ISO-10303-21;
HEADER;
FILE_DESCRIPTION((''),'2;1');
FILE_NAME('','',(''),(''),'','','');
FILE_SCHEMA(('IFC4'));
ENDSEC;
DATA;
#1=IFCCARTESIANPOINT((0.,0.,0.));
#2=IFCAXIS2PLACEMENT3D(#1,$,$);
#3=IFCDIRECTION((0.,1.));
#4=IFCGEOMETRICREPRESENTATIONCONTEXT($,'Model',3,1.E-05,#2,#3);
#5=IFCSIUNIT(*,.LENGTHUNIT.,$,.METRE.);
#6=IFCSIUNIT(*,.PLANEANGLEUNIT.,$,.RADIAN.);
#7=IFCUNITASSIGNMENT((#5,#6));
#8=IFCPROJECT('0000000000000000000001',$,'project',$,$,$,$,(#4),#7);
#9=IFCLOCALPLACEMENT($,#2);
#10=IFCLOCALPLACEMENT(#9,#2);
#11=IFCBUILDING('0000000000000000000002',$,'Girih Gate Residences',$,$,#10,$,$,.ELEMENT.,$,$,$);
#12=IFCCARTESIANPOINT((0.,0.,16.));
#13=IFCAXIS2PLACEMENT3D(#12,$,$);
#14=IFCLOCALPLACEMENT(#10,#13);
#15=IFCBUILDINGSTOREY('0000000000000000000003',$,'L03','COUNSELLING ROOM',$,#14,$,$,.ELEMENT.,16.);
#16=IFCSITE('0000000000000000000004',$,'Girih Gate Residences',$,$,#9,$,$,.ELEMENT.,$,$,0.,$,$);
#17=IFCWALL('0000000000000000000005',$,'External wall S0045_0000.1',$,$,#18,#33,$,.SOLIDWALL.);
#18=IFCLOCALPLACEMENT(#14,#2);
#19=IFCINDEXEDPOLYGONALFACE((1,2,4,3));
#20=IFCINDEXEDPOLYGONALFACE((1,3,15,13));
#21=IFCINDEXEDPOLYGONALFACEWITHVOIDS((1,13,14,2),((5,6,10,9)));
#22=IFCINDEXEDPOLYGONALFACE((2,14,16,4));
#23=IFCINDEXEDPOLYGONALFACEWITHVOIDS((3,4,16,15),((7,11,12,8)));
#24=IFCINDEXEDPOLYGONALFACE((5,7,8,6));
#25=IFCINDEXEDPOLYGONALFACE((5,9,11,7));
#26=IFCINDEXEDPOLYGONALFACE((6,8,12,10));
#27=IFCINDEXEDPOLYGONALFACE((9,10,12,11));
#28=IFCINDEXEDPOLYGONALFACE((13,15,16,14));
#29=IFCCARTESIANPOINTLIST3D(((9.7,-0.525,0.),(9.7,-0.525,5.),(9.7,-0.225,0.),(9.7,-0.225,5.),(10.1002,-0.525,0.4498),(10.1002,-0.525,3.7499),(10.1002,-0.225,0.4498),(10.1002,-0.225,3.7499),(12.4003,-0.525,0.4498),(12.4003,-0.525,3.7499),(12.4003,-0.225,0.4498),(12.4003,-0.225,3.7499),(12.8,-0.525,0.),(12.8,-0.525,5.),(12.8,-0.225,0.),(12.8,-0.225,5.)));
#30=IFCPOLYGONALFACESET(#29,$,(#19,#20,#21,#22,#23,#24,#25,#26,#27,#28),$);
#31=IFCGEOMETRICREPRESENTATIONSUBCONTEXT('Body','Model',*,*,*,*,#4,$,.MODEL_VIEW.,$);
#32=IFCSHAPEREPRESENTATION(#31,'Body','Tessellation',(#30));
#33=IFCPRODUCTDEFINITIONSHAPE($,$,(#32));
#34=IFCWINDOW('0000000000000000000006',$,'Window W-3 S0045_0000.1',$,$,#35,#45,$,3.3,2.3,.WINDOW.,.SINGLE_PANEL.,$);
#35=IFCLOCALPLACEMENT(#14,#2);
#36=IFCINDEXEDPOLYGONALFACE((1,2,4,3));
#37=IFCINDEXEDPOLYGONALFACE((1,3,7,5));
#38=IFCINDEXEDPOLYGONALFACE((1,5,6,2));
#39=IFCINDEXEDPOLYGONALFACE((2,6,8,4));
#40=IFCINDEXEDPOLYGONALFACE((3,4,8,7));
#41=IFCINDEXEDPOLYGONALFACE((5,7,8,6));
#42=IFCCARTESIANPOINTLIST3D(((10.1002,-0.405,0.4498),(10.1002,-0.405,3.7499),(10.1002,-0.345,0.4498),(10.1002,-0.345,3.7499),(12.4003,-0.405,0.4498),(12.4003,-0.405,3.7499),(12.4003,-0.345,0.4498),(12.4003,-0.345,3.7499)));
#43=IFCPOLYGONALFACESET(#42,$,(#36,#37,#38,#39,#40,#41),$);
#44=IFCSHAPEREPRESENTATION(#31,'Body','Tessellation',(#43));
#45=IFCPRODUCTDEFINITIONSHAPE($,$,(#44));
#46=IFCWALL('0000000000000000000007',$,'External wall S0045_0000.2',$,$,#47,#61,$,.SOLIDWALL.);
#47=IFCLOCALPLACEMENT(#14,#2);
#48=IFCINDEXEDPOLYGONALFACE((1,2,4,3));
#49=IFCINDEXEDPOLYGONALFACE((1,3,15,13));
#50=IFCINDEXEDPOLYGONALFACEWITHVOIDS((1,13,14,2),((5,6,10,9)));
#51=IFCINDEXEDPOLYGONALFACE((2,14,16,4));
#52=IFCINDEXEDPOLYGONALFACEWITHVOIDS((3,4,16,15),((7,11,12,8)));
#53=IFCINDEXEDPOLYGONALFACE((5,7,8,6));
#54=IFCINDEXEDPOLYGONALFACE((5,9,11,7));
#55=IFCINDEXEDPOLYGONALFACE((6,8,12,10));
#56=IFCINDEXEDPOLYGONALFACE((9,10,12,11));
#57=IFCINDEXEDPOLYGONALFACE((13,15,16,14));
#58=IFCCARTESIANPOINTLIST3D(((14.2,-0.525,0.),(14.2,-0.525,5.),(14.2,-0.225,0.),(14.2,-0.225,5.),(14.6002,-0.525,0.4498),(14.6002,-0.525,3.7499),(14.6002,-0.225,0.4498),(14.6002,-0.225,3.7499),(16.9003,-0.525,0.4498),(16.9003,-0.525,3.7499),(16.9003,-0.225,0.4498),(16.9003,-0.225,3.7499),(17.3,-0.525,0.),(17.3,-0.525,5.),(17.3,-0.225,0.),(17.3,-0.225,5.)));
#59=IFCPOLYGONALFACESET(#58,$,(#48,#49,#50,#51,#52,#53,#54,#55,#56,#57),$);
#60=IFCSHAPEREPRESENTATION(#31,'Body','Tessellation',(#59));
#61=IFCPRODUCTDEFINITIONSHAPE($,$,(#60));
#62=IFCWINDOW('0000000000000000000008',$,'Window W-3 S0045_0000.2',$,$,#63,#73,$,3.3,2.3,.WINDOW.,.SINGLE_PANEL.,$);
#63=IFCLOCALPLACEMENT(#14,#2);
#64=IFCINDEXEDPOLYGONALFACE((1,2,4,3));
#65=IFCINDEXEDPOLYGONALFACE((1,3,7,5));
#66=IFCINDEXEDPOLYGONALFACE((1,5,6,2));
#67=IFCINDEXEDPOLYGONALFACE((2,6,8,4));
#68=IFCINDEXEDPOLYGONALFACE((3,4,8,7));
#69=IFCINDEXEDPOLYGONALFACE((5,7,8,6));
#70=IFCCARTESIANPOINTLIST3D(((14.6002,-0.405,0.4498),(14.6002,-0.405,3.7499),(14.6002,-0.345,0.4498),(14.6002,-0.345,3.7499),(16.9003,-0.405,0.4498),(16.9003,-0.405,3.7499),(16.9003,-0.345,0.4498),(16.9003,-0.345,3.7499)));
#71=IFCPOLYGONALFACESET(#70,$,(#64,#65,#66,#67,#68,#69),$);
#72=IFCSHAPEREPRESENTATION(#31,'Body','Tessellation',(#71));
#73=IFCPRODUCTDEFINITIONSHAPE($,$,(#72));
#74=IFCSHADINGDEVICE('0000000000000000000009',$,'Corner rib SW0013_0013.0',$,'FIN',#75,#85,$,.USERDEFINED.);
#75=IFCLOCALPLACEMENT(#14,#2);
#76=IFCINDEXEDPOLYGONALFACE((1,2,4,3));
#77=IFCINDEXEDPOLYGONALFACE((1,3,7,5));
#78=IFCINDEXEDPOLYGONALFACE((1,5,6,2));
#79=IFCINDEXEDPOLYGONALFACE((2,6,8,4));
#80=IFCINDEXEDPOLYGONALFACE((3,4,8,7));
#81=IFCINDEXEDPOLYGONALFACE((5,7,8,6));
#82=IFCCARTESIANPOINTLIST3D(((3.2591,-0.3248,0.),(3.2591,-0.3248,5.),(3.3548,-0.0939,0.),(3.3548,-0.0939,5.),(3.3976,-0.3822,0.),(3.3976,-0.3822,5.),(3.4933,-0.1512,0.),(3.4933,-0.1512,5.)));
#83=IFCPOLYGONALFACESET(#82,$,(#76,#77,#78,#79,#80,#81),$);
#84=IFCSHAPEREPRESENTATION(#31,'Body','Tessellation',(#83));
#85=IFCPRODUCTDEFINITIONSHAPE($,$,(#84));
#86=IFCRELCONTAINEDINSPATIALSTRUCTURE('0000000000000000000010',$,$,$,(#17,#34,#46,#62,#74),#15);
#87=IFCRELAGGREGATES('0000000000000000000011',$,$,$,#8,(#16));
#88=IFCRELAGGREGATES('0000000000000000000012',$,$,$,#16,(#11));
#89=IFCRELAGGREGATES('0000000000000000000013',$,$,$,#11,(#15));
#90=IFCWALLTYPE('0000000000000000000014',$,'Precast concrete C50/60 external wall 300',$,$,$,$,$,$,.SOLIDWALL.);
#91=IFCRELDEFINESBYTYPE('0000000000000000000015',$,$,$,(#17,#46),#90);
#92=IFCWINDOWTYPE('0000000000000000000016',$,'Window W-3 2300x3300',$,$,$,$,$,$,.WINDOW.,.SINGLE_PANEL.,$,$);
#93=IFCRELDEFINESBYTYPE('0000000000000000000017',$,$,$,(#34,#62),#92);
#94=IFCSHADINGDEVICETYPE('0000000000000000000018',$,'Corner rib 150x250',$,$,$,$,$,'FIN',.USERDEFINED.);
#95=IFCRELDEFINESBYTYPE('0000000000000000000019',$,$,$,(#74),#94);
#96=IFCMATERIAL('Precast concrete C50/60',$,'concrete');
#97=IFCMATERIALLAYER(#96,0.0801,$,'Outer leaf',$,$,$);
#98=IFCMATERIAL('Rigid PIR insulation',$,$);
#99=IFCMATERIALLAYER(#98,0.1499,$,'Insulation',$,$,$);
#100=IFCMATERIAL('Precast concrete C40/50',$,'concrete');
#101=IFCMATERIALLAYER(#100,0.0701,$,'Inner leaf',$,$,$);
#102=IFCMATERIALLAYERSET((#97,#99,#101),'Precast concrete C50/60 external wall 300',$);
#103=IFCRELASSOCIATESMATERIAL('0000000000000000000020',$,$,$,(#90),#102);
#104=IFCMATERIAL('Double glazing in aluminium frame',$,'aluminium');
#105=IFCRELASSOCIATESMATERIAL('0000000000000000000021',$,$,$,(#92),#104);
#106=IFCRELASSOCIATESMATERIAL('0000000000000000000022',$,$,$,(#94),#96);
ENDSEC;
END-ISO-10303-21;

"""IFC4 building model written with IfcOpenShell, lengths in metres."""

from ifc_helpers import new_model, si_unit, direction, frame, frame_2d, origin, origin_2d, place, context, subcontext, project, spatial, rectangle, extrude, material, layer, layer_set, type_object, element, fill, save


model = new_model("IFC4")

# Units and contexts
model_context = context("Model", 3, precision=1e-05, world=origin(), true_north=direction((0.0, 1.0)))
body_context = subcontext(model_context, "Body", "Model", "MODEL_VIEW")
ifc_project = project(units=[si_unit("LENGTHUNIT", "METRE"), si_unit("PLANEANGLEUNIT", "RADIAN")], contexts=[model_context])

# Site, building, storey
site_placement = place(None, origin())
site = spatial("IfcSite", under=ifc_project, at=site_placement, Name="Girih Gate Residences", CompositionType="ELEMENT", RefElevation=0.0)
building_placement = place(site_placement, origin())
building = spatial("IfcBuilding", under=site, at=building_placement, Name="Girih Gate Residences", CompositionType="ELEMENT")
storey_placement = place(building_placement, frame((0.0, 0.0, 16.0)))
storey = spatial("IfcBuildingStorey", under=building, at=storey_placement, Name="L03", Description="COUNSELLING ROOM", CompositionType="ELEMENT", Elevation=16.0)

# Walls, openings, windows
ifc_material_1 = material(Name="Precast concrete C50/60", Category="concrete")
ifc_layer_1 = layer(ifc_material_1, 0.0801, Name="Outer leaf")
ifc_material_2 = material(Name="Rigid PIR insulation")
ifc_layer_2 = layer(ifc_material_2, 0.1499, Name="Insulation")
ifc_material_3 = material(Name="Precast concrete C40/50", Category="concrete")
ifc_layer_3 = layer(ifc_material_3, 0.0701, Name="Inner leaf")
ifc_layer_set_1 = layer_set([ifc_layer_1, ifc_layer_2, ifc_layer_3], Name="Precast concrete C50/60 external wall 300")
wall_type_1 = type_object("IfcWallType", Name="Precast concrete C50/60 external wall 300", PredefinedType="SOLIDWALL", material=ifc_layer_set_1)
ifc_material_4 = material(Name="Double glazing in aluminium frame", Category="aluminium")
window_type_1 = type_object("IfcWindowType", Name="Window W-3 2300x3300", PartitioningType="SINGLE_PANEL", PredefinedType="WINDOW", material=ifc_material_4)
wall_1_placement = place(storey_placement, frame((12.8, -0.375, 0.0), z_axis=(0.0, 0.0, 1.0), x_axis=(-1.0, 0.0, 0.0)))
wall_1 = element("IfcWall", 1, at=wall_1_placement, inside=storey, type_object=wall_type_1, Name="External wall S0045_0000.1", PredefinedType="SOLIDWALL", context=body_context, shape_type="SweptSolid", body=[
    extrude(rectangle(XDim=3.1001, YDim=0.3, at=frame_2d((1.55, 0.0))), origin(), (0.0, 0.0, 1.0), 5.0),
])
opening_1_placement = place(wall_1_placement, frame((0.3999, 0.0, 0.45)))
opening_1 = element("IfcOpeningElement", 2, at=opening_1_placement, cuts=wall_1, PredefinedType="OPENING", context=body_context, shape_type="SweptSolid", body=[
    extrude(rectangle(XDim=2.3, YDim=3.3, at=frame_2d((1.1499, 1.6499))), frame((0.0, 0.1599, 0.0), z_axis=(0.0, -1.0, 0.0), x_axis=(1.0, 0.0, 0.0)), (0.0, 0.0, 1.0), 0.3201),
])
window_1_placement = place(opening_1_placement, origin())
window_1 = element("IfcWindow", 3, at=window_1_placement, inside=storey, type_object=window_type_1, Name="Window W-3 S0045_0000.1", OverallHeight=3.3, OverallWidth=2.3, PartitioningType="SINGLE_PANEL", PredefinedType="WINDOW", context=body_context, shape_type="SweptSolid", body=[
    extrude(rectangle(XDim=2.3, YDim=3.3, at=frame_2d((1.1499, 1.6499))), frame((0.0, 0.03, 0.0), z_axis=(0.0, -1.0, 0.0), x_axis=(1.0, 0.0, 0.0)), (0.0, 0.0, 1.0), 0.0601),
])
fill(opening_1, window_1)
wall_2_placement = place(storey_placement, frame((17.3, -0.375, 0.0), z_axis=(0.0, 0.0, 1.0), x_axis=(-1.0, 0.0, 0.0)))
wall_2 = element("IfcWall", 4, at=wall_2_placement, inside=storey, type_object=wall_type_1, Name="External wall S0045_0000.2", PredefinedType="SOLIDWALL", context=body_context, shape_type="SweptSolid", body=[
    extrude(rectangle(XDim=3.1001, YDim=0.3, at=frame_2d((1.55, 0.0))), origin(), (0.0, 0.0, 1.0), 5.0),
])
opening_2_placement = place(wall_2_placement, frame((0.3999, 0.0, 0.45)))
opening_2 = element("IfcOpeningElement", 5, at=opening_2_placement, cuts=wall_2, PredefinedType="OPENING", context=body_context, shape_type="SweptSolid", body=[
    extrude(rectangle(XDim=2.3, YDim=3.3, at=frame_2d((1.1499, 1.6499))), frame((0.0, 0.1599, 0.0), z_axis=(0.0, -1.0, 0.0), x_axis=(1.0, 0.0, 0.0)), (0.0, 0.0, 1.0), 0.3201),
])
window_2_placement = place(opening_2_placement, origin())
window_2 = element("IfcWindow", 6, at=window_2_placement, inside=storey, type_object=window_type_1, Name="Window W-3 S0045_0000.2", OverallHeight=3.3, OverallWidth=2.3, PartitioningType="SINGLE_PANEL", PredefinedType="WINDOW", context=body_context, shape_type="SweptSolid", body=[
    extrude(rectangle(XDim=2.3, YDim=3.3, at=frame_2d((1.1499, 1.6499))), frame((0.0, 0.03, 0.0), z_axis=(0.0, -1.0, 0.0), x_axis=(1.0, 0.0, 0.0)), (0.0, 0.0, 1.0), 0.0601),
])
fill(opening_2, window_2)

# Shading device
shading_device_type = type_object("IfcShadingDeviceType", Name="Corner rib 150x250", ElementType="FIN", PredefinedType="USERDEFINED", material=ifc_material_1)
shading_device_placement = place(storey_placement, frame((3.3762, -0.238, 0.0), z_axis=(0.0, 0.0, 1.0), x_axis=(0.92388, -0.382683, 0.0)))
element("IfcShadingDevice", 7, at=shading_device_placement, inside=storey, type_object=shading_device_type, Name="Corner rib SW0013_0013.0", ObjectType="FIN", PredefinedType="USERDEFINED", context=body_context, shape_type="SweptSolid", body=[
    extrude(rectangle(XDim=0.1499, YDim=0.25, at=origin_2d()), origin(), (0.0, 0.0, 1.0), 5.0),
])

save(model, "model.ifc")
